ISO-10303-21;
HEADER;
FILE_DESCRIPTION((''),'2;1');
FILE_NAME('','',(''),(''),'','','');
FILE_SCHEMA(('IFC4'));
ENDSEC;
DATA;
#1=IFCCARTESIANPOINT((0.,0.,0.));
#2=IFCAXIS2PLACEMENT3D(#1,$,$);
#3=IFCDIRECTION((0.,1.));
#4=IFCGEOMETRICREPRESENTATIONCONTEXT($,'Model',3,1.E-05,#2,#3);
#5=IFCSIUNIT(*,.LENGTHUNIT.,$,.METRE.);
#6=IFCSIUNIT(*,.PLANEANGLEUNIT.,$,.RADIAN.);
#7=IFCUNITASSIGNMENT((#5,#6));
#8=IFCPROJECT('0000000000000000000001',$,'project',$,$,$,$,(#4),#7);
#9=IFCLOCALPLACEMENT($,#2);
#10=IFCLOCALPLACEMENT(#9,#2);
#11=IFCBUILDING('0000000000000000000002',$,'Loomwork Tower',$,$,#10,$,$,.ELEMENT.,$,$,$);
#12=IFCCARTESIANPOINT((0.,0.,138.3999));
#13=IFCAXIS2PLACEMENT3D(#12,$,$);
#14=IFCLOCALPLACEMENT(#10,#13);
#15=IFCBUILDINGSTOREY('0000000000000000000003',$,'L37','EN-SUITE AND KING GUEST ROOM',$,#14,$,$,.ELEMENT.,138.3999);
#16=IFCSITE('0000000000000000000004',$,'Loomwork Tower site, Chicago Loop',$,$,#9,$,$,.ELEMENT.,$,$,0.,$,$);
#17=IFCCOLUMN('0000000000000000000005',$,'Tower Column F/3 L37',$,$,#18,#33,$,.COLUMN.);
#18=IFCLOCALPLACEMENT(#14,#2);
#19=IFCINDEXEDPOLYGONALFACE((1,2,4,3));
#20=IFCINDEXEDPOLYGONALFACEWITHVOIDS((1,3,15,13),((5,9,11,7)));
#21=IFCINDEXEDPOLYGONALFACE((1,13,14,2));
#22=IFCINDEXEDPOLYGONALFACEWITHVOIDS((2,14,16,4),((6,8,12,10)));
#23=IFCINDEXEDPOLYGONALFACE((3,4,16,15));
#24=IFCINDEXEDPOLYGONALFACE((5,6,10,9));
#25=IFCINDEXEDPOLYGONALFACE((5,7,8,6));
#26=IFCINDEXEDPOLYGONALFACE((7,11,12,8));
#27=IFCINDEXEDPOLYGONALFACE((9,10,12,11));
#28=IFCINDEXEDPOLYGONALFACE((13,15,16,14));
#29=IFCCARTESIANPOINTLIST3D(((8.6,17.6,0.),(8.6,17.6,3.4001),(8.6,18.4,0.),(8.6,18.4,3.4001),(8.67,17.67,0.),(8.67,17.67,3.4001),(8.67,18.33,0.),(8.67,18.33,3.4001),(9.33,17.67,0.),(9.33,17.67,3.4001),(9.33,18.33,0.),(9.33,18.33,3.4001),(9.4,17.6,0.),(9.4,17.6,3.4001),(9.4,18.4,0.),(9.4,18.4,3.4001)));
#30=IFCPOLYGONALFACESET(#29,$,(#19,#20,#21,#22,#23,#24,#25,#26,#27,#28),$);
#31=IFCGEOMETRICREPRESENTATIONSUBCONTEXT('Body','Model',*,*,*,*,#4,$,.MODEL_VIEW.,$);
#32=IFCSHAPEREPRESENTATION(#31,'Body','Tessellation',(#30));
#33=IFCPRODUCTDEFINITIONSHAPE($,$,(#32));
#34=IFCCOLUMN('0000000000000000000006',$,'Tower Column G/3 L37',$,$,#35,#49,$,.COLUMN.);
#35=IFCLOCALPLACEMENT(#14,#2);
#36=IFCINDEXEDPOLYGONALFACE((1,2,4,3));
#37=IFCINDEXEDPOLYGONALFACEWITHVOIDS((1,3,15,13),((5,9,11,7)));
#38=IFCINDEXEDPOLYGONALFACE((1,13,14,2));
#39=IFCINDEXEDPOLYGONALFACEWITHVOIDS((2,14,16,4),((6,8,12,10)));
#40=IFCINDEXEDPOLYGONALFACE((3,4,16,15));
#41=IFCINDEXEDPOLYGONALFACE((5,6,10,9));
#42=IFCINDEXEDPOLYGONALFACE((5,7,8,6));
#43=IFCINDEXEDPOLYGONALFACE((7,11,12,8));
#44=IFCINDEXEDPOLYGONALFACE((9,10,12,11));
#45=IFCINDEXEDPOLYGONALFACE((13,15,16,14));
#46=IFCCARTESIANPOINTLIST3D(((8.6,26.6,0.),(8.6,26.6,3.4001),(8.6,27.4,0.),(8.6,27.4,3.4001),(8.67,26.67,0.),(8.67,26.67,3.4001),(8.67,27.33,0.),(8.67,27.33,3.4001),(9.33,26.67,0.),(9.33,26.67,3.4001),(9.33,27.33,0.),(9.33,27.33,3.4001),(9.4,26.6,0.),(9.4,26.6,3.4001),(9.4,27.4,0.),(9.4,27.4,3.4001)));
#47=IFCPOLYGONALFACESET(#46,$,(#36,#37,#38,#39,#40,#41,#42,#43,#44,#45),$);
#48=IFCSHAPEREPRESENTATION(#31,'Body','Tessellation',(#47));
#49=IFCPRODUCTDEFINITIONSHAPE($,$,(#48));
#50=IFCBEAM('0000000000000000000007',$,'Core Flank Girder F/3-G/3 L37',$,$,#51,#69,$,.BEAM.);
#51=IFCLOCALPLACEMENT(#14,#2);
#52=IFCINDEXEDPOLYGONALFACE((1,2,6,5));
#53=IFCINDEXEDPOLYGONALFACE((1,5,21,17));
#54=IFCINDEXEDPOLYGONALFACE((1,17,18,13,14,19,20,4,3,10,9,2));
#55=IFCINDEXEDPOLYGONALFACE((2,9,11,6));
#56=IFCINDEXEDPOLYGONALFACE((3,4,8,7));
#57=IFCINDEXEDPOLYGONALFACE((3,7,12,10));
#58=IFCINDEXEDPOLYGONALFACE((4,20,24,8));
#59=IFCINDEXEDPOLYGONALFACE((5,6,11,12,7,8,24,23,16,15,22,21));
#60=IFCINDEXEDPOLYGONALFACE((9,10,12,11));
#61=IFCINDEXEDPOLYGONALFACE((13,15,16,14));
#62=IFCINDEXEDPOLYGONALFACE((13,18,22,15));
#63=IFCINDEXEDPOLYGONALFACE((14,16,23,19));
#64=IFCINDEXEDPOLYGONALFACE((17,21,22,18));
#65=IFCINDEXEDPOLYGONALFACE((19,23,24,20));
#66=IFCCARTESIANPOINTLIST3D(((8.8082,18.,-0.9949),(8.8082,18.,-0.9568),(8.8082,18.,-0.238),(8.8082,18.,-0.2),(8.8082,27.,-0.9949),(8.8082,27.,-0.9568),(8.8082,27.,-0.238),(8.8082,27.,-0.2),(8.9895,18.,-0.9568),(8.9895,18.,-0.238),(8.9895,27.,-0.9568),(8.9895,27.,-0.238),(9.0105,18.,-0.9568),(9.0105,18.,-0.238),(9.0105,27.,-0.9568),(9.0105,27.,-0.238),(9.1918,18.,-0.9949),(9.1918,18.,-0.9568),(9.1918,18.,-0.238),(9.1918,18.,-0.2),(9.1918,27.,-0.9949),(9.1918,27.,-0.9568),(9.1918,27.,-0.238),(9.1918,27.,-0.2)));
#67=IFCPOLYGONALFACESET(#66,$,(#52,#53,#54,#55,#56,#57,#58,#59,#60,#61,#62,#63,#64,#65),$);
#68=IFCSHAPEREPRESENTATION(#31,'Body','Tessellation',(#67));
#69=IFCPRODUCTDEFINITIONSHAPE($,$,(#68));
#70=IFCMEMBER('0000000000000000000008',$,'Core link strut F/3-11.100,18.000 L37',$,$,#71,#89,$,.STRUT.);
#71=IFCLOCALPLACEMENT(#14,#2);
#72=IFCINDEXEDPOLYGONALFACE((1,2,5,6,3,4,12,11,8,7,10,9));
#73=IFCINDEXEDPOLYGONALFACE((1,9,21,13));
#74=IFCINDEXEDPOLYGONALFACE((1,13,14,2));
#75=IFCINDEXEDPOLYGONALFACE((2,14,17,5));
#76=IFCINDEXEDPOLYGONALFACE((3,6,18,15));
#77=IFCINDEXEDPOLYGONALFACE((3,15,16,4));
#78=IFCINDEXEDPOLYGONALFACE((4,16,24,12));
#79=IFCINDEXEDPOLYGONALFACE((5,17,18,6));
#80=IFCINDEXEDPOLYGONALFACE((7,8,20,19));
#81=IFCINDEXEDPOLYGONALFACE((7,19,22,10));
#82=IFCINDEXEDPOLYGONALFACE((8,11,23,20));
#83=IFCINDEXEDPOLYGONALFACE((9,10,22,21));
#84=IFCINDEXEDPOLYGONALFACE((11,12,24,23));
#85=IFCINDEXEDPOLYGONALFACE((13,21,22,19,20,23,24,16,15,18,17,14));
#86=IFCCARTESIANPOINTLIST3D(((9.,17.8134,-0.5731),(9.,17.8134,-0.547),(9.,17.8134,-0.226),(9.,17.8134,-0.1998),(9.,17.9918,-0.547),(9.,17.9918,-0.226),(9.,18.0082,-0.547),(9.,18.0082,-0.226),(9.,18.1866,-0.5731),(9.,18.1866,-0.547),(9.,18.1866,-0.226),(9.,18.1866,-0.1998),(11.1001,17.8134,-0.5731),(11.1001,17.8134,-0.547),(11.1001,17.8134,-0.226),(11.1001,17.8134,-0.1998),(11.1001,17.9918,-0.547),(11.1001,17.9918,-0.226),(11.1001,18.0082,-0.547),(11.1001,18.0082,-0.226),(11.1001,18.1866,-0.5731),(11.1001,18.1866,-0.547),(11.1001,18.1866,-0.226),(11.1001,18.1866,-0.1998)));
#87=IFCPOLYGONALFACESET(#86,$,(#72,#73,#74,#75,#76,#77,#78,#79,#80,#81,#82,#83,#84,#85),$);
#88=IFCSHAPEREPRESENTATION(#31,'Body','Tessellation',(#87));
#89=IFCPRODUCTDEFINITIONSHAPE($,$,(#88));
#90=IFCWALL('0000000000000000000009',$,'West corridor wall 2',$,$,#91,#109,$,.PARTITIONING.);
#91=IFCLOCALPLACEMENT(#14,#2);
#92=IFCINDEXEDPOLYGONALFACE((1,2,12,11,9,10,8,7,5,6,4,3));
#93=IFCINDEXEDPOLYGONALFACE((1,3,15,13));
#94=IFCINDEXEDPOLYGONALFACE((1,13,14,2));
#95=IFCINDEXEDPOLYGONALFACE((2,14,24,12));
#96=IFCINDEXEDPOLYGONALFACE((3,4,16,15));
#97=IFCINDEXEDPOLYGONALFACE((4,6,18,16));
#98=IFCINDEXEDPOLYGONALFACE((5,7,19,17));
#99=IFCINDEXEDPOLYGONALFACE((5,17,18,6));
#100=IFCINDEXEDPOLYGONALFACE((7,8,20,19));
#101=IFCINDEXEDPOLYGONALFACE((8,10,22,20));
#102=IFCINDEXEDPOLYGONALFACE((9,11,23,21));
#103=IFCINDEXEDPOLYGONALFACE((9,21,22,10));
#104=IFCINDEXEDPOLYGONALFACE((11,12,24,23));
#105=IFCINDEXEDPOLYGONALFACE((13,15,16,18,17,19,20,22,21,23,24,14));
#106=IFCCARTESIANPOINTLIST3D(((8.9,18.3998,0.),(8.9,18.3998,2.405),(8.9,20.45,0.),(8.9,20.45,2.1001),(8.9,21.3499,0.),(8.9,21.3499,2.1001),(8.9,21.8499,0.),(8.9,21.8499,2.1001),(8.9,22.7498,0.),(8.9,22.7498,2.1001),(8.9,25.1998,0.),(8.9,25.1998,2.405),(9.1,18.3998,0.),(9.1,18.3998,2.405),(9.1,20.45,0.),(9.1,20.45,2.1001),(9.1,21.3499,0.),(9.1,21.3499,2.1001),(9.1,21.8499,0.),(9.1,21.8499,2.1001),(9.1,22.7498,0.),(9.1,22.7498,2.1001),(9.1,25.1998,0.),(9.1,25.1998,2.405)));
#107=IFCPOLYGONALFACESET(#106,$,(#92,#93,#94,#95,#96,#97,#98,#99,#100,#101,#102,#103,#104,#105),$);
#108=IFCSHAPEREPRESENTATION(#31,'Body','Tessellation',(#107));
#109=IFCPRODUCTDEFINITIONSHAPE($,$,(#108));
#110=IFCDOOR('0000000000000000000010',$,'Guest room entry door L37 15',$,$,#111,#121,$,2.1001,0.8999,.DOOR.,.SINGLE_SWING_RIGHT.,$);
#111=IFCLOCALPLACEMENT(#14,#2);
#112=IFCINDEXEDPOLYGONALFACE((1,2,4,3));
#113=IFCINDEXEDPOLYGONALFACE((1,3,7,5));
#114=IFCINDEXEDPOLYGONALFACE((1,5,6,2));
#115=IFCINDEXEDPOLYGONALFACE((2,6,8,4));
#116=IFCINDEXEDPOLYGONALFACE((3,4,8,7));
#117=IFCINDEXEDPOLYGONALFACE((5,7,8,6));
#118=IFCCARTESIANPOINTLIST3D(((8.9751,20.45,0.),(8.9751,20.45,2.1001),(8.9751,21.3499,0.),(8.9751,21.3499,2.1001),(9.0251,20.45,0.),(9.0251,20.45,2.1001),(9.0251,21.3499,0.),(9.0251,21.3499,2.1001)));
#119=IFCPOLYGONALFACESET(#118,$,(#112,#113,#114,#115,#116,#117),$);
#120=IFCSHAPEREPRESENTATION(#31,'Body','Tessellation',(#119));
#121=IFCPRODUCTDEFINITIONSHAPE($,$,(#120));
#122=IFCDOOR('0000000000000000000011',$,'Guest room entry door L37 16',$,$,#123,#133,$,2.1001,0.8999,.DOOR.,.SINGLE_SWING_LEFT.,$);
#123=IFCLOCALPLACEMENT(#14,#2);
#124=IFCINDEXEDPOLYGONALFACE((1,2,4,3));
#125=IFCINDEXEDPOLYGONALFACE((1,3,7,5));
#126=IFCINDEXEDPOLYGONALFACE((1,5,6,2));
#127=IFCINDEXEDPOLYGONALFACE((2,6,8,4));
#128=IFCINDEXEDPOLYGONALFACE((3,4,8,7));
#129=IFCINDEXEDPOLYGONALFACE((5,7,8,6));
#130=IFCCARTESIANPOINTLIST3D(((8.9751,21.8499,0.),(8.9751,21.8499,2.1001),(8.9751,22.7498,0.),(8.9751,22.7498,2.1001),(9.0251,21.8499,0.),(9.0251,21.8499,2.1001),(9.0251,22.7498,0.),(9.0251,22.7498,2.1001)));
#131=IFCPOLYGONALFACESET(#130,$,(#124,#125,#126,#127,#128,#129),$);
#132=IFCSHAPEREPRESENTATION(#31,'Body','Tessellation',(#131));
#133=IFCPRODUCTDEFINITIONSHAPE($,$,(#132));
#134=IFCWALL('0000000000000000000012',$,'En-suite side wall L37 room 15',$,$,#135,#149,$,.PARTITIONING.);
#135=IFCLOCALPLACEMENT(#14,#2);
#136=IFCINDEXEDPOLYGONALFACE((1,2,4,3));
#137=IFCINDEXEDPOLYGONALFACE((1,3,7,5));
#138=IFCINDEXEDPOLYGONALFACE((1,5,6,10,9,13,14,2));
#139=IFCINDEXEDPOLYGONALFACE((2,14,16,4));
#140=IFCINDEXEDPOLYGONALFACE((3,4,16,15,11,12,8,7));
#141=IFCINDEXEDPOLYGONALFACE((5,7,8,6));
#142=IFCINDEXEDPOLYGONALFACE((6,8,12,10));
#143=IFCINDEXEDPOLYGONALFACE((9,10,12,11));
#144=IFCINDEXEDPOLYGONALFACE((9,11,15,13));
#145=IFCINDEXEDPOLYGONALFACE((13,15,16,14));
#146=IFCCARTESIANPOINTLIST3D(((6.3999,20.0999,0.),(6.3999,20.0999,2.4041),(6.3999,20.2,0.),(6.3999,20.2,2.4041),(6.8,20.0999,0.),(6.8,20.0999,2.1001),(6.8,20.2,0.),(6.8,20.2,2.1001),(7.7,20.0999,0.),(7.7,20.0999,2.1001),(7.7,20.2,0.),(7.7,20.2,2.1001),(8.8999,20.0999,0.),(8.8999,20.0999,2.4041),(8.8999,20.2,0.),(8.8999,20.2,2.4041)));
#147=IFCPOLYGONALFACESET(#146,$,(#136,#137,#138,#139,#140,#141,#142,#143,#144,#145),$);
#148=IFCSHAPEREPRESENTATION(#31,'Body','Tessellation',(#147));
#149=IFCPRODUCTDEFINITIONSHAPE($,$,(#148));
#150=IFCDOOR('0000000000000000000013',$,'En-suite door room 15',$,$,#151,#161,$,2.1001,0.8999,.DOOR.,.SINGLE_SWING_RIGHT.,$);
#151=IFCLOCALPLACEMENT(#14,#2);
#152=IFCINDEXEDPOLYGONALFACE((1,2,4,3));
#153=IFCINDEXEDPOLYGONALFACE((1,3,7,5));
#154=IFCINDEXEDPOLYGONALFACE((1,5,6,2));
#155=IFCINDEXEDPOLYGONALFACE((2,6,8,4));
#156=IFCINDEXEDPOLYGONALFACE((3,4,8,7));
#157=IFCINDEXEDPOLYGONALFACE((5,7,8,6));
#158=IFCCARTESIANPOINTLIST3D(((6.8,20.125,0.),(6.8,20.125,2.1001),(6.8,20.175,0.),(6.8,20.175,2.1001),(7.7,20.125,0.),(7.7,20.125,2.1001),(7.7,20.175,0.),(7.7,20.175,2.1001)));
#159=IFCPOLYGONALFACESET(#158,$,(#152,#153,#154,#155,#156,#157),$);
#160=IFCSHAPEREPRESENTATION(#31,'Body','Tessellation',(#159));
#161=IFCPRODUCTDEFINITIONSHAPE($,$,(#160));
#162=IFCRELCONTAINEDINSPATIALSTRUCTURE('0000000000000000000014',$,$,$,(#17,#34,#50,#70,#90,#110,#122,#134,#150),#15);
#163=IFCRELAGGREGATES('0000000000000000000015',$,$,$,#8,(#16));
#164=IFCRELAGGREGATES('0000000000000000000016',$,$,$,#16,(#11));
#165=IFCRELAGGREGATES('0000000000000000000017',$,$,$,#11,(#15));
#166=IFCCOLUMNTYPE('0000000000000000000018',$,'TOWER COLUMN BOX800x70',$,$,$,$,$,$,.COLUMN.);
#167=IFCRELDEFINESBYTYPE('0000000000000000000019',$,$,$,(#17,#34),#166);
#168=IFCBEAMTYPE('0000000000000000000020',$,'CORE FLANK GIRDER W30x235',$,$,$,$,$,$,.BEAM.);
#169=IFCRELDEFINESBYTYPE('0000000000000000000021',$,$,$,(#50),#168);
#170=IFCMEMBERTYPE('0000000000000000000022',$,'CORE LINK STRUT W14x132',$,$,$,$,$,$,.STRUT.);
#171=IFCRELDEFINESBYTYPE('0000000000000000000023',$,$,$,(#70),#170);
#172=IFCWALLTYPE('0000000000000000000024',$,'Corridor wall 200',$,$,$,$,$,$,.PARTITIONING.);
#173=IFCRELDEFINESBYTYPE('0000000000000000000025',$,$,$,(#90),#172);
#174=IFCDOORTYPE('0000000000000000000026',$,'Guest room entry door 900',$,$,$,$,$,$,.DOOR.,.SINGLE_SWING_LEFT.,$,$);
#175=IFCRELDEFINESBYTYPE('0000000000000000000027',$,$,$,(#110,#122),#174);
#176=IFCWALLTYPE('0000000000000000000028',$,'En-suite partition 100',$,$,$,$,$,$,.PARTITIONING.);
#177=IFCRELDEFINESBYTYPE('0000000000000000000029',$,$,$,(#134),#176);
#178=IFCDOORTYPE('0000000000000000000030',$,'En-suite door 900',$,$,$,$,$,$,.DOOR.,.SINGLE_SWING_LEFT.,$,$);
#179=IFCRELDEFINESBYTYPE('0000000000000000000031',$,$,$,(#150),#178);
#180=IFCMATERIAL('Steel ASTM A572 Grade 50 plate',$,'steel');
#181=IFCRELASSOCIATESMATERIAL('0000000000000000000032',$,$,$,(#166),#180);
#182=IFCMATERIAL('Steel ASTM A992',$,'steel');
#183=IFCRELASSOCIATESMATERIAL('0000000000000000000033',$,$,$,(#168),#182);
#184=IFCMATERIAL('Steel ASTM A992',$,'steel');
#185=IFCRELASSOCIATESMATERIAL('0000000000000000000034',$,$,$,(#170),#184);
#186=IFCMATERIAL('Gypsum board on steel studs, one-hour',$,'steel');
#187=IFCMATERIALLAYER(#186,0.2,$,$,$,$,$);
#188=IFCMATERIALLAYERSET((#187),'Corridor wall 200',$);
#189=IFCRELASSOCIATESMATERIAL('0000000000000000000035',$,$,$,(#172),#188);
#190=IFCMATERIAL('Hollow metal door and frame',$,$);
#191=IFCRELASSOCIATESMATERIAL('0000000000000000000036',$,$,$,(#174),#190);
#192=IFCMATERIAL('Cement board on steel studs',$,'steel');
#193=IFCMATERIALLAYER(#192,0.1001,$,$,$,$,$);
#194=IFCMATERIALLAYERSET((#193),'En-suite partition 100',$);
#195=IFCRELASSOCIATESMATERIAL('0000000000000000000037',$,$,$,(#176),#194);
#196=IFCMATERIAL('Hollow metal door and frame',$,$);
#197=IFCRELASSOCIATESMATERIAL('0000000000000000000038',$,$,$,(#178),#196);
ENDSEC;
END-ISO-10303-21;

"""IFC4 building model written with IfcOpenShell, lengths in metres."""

from ifc_helpers import new_model, si_unit, direction, frame, frame_2d, origin, origin_2d, place, context, subcontext, project, spatial, rectangle, hollow_rectangle, i_section, extrude, material, layer, layer_set, material_profile, profile_set, type_object, element, fill, save


model = new_model("IFC4")

# Units and contexts
model_context = context("Model", 3, precision=1e-05, world=origin(), true_north=direction((0.0, 1.0)))
body_context = subcontext(model_context, "Body", "Model", "MODEL_VIEW")
ifc_project = project(units=[si_unit("LENGTHUNIT", "METRE"), si_unit("PLANEANGLEUNIT", "RADIAN")], contexts=[model_context])

# Site, building, storey
site_placement = place(None, origin())
site = spatial("IfcSite", under=ifc_project, at=site_placement, Name="Loomwork Tower site, Chicago Loop", CompositionType="ELEMENT", RefElevation=0.0)
building_placement = place(site_placement, origin())
building = spatial("IfcBuilding", under=site, at=building_placement, Name="Loomwork Tower", CompositionType="ELEMENT")
storey_placement = place(building_placement, frame((0.0, 0.0, 138.3999)))
storey = spatial("IfcBuildingStorey", under=building, at=storey_placement, Name="L37", Description="EN-SUITE AND KING GUEST ROOM", CompositionType="ELEMENT", Elevation=138.3999)

# Columns
ifc_material_1 = material(Name="Steel ASTM A572 Grade 50 plate", Category="steel")
ifc_material_profile_1 = material_profile(ifc_material_1, hollow_rectangle(XDim=0.8, YDim=0.8, WallThickness=0.0701, at=origin_2d()), Name="BOX800x70")
ifc_profile_set_1 = profile_set([ifc_material_profile_1], Name="Steel ASTM A572 Grade 50 plate")
column_type = type_object("IfcColumnType", Name="TOWER COLUMN BOX800x70", PredefinedType="COLUMN", material=ifc_profile_set_1)
for number, where, z_axis, x_axis, name in (
    (1, (9.0, 18.0, 0.0), (0.0, 0.0, 1.0), (1.0, 0.0, 0.0), "Tower Column F/3 L37"),
    (2, (9.0, 27.0, 0.0), (0.0, 0.0, 1.0), (1.0, 0.0, 0.0), "Tower Column G/3 L37"),
):
    element("IfcColumn", number, at=place(storey_placement, frame(where, z_axis=z_axis, x_axis=x_axis)), inside=storey, type_object=column_type, Name=name, PredefinedType="COLUMN", context=body_context, shape_type="SweptSolid", body=[
        extrude(hollow_rectangle(XDim=0.8, YDim=0.8, WallThickness=0.0701, at=origin_2d()), origin(), (0.0, 0.0, 1.0), 3.4001),
    ])

# Beam
ifc_material_2 = material(Name="Steel ASTM A992", Category="steel")
ifc_material_profile_2 = material_profile(ifc_material_2, i_section(OverallWidth=0.3835, OverallDepth=0.7949, WebThickness=0.021, FlangeThickness=0.0381, at=origin_2d()), Name="W30x235")
ifc_profile_set_2 = profile_set([ifc_material_profile_2], Name="Steel ASTM A992")
beam_type = type_object("IfcBeamType", Name="CORE FLANK GIRDER W30x235", PredefinedType="BEAM", material=ifc_profile_set_2)
beam_placement = place(storey_placement, frame((9.0, 18.0, -0.5974), z_axis=(0.0, 1.0, 0.0), x_axis=(-1.0, 0.0, 0.0)))
element("IfcBeam", 3, at=beam_placement, inside=storey, type_object=beam_type, Name="Core Flank Girder F/3-G/3 L37", PredefinedType="BEAM", context=body_context, shape_type="SweptSolid", body=[
    extrude(i_section(OverallWidth=0.3835, OverallDepth=0.7949, WebThickness=0.021, FlangeThickness=0.0381, at=origin_2d()), origin(), (0.0, 0.0, 1.0), 9.0),
])

# Member
ifc_material_3 = material(Name="Steel ASTM A992", Category="steel")
ifc_material_profile_3 = material_profile(ifc_material_3, i_section(OverallWidth=0.3733, OverallDepth=0.3733, WebThickness=0.0164, FlangeThickness=0.0261, at=origin_2d()), Name="W14x132")
ifc_profile_set_3 = profile_set([ifc_material_profile_3], Name="Steel ASTM A992")
member_type = type_object("IfcMemberType", Name="CORE LINK STRUT W14x132", PredefinedType="STRUT", material=ifc_profile_set_3)
member_placement = place(storey_placement, frame((9.0, 18.0, -0.3865), z_axis=(1.0, 0.0, 0.0), x_axis=(0.0, 1.0, 0.0)))
element("IfcMember", 4, at=member_placement, inside=storey, type_object=member_type, Name="Core link strut F/3-11.100,18.000 L37", PredefinedType="STRUT", context=body_context, shape_type="SweptSolid", body=[
    extrude(i_section(OverallWidth=0.3733, OverallDepth=0.3733, WebThickness=0.0164, FlangeThickness=0.0261, at=origin_2d()), origin(), (0.0, 0.0, 1.0), 2.1001),
])

# Wall, openings, doors
ifc_material_4 = material(Name="Gypsum board on steel studs, one-hour", Category="steel")
ifc_layer_1 = layer(ifc_material_4, 0.2)
ifc_layer_set_1 = layer_set([ifc_layer_1], Name="Corridor wall 200")
wall_type_1 = type_object("IfcWallType", Name="Corridor wall 200", PredefinedType="PARTITIONING", material=ifc_layer_set_1)
wall_1_placement = place(storey_placement, frame((9.0, 18.3999, 0.0), z_axis=(0.0, 0.0, 1.0), x_axis=(0.0, 1.0, 0.0)))
wall_1 = element("IfcWall", 5, at=wall_1_placement, inside=storey, type_object=wall_type_1, Name="West corridor wall 2", PredefinedType="PARTITIONING", context=body_context, shape_type="SweptSolid", body=[
    extrude(rectangle(XDim=6.8, YDim=0.2, at=frame_2d((3.3999, 0.0))), origin(), (0.0, 0.0, 1.0), 2.405),
])
opening_1_placement = place(wall_1_placement, frame((2.05, 0.0, 0.0)))
opening_1 = element("IfcOpeningElement", 6, at=opening_1_placement, cuts=wall_1, PredefinedType="OPENING", context=body_context, shape_type="SweptSolid", body=[
    extrude(rectangle(XDim=0.8999, YDim=2.1001, at=frame_2d((0.45, 1.05))), frame((0.0, 0.1099, 0.0), z_axis=(0.0, -1.0, 0.0), x_axis=(1.0, 0.0, 0.0)), (0.0, 0.0, 1.0), 0.22),
])
opening_2_placement = place(wall_1_placement, frame((3.45, 0.0, 0.0)))
opening_2 = element("IfcOpeningElement", 7, at=opening_2_placement, cuts=wall_1, PredefinedType="OPENING", context=body_context, shape_type="SweptSolid", body=[
    extrude(rectangle(XDim=0.8999, YDim=2.1001, at=frame_2d((0.45, 1.05))), frame((0.0, 0.1099, 0.0), z_axis=(0.0, -1.0, 0.0), x_axis=(1.0, 0.0, 0.0)), (0.0, 0.0, 1.0), 0.22),
])
ifc_material_5 = material(Name="Hollow metal door and frame")
door_type_1 = type_object("IfcDoorType", Name="Guest room entry door 900", OperationType="SINGLE_SWING_LEFT", PredefinedType="DOOR", material=ifc_material_5)
door_1_placement = place(opening_1_placement, origin())
door_1 = element("IfcDoor", 8, at=door_1_placement, inside=storey, type_object=door_type_1, Name="Guest room entry door L37 15", OperationType="SINGLE_SWING_RIGHT", OverallHeight=2.1001, OverallWidth=0.8999, PredefinedType="DOOR", context=body_context, shape_type="SweptSolid", body=[
    extrude(rectangle(XDim=0.8999, YDim=2.1001, at=frame_2d((0.45, 1.05))), frame((0.0, 0.0249, 0.0), z_axis=(0.0, -1.0, 0.0), x_axis=(1.0, 0.0, 0.0)), (0.0, 0.0, 1.0), 0.05),
])
fill(opening_1, door_1)
door_2_placement = place(opening_2_placement, origin())
door_2 = element("IfcDoor", 9, at=door_2_placement, inside=storey, type_object=door_type_1, Name="Guest room entry door L37 16", OperationType="SINGLE_SWING_LEFT", OverallHeight=2.1001, OverallWidth=0.8999, PredefinedType="DOOR", context=body_context, shape_type="SweptSolid", body=[
    extrude(rectangle(XDim=0.8999, YDim=2.1001, at=frame_2d((0.45, 1.05))), frame((0.0, 0.0249, 0.0), z_axis=(0.0, -1.0, 0.0), x_axis=(1.0, 0.0, 0.0)), (0.0, 0.0, 1.0), 0.05),
])
fill(opening_2, door_2)

# Wall, opening, door
ifc_material_6 = material(Name="Cement board on steel studs", Category="steel")
ifc_layer_2 = layer(ifc_material_6, 0.1001)
ifc_layer_set_2 = layer_set([ifc_layer_2], Name="En-suite partition 100")
wall_type_2 = type_object("IfcWallType", Name="En-suite partition 100", PredefinedType="PARTITIONING", material=ifc_layer_set_2)
wall_2_placement = place(storey_placement, frame((8.8999, 20.1499, 0.0), z_axis=(0.0, 0.0, 1.0), x_axis=(-1.0, 0.0, 0.0)))
wall_2 = element("IfcWall", 10, at=wall_2_placement, inside=storey, type_object=wall_type_2, Name="En-suite side wall L37 room 15", PredefinedType="PARTITIONING", context=body_context, shape_type="SweptSolid", body=[
    extrude(rectangle(XDim=2.5, YDim=0.1001, at=frame_2d((1.25, 0.0))), origin(), (0.0, 0.0, 1.0), 2.4041),
])
opening_3_placement = place(wall_2_placement, frame((1.2, 0.0, 0.0)))
opening_3 = element("IfcOpeningElement", 11, at=opening_3_placement, cuts=wall_2, PredefinedType="OPENING", context=body_context, shape_type="SweptSolid", body=[
    extrude(rectangle(XDim=0.8999, YDim=2.1001, at=frame_2d((0.45, 1.05))), frame((0.0, 0.0601, 0.0), z_axis=(0.0, -1.0, 0.0), x_axis=(1.0, 0.0, 0.0)), (0.0, 0.0, 1.0), 0.1201),
])
ifc_material_7 = material(Name="Hollow metal door and frame")
door_type_2 = type_object("IfcDoorType", Name="En-suite door 900", OperationType="SINGLE_SWING_LEFT", PredefinedType="DOOR", material=ifc_material_7)
door_3_placement = place(opening_3_placement, origin())
door_3 = element("IfcDoor", 12, at=door_3_placement, inside=storey, type_object=door_type_2, Name="En-suite door room 15", OperationType="SINGLE_SWING_RIGHT", OverallHeight=2.1001, OverallWidth=0.8999, PredefinedType="DOOR", context=body_context, shape_type="SweptSolid", body=[
    extrude(rectangle(XDim=0.8999, YDim=2.1001, at=frame_2d((0.45, 1.05))), frame((0.0, 0.0249, 0.0), z_axis=(0.0, -1.0, 0.0), x_axis=(1.0, 0.0, 0.0)), (0.0, 0.0, 1.0), 0.05),
])
fill(opening_3, door_3)

save(model, "model.ifc")
